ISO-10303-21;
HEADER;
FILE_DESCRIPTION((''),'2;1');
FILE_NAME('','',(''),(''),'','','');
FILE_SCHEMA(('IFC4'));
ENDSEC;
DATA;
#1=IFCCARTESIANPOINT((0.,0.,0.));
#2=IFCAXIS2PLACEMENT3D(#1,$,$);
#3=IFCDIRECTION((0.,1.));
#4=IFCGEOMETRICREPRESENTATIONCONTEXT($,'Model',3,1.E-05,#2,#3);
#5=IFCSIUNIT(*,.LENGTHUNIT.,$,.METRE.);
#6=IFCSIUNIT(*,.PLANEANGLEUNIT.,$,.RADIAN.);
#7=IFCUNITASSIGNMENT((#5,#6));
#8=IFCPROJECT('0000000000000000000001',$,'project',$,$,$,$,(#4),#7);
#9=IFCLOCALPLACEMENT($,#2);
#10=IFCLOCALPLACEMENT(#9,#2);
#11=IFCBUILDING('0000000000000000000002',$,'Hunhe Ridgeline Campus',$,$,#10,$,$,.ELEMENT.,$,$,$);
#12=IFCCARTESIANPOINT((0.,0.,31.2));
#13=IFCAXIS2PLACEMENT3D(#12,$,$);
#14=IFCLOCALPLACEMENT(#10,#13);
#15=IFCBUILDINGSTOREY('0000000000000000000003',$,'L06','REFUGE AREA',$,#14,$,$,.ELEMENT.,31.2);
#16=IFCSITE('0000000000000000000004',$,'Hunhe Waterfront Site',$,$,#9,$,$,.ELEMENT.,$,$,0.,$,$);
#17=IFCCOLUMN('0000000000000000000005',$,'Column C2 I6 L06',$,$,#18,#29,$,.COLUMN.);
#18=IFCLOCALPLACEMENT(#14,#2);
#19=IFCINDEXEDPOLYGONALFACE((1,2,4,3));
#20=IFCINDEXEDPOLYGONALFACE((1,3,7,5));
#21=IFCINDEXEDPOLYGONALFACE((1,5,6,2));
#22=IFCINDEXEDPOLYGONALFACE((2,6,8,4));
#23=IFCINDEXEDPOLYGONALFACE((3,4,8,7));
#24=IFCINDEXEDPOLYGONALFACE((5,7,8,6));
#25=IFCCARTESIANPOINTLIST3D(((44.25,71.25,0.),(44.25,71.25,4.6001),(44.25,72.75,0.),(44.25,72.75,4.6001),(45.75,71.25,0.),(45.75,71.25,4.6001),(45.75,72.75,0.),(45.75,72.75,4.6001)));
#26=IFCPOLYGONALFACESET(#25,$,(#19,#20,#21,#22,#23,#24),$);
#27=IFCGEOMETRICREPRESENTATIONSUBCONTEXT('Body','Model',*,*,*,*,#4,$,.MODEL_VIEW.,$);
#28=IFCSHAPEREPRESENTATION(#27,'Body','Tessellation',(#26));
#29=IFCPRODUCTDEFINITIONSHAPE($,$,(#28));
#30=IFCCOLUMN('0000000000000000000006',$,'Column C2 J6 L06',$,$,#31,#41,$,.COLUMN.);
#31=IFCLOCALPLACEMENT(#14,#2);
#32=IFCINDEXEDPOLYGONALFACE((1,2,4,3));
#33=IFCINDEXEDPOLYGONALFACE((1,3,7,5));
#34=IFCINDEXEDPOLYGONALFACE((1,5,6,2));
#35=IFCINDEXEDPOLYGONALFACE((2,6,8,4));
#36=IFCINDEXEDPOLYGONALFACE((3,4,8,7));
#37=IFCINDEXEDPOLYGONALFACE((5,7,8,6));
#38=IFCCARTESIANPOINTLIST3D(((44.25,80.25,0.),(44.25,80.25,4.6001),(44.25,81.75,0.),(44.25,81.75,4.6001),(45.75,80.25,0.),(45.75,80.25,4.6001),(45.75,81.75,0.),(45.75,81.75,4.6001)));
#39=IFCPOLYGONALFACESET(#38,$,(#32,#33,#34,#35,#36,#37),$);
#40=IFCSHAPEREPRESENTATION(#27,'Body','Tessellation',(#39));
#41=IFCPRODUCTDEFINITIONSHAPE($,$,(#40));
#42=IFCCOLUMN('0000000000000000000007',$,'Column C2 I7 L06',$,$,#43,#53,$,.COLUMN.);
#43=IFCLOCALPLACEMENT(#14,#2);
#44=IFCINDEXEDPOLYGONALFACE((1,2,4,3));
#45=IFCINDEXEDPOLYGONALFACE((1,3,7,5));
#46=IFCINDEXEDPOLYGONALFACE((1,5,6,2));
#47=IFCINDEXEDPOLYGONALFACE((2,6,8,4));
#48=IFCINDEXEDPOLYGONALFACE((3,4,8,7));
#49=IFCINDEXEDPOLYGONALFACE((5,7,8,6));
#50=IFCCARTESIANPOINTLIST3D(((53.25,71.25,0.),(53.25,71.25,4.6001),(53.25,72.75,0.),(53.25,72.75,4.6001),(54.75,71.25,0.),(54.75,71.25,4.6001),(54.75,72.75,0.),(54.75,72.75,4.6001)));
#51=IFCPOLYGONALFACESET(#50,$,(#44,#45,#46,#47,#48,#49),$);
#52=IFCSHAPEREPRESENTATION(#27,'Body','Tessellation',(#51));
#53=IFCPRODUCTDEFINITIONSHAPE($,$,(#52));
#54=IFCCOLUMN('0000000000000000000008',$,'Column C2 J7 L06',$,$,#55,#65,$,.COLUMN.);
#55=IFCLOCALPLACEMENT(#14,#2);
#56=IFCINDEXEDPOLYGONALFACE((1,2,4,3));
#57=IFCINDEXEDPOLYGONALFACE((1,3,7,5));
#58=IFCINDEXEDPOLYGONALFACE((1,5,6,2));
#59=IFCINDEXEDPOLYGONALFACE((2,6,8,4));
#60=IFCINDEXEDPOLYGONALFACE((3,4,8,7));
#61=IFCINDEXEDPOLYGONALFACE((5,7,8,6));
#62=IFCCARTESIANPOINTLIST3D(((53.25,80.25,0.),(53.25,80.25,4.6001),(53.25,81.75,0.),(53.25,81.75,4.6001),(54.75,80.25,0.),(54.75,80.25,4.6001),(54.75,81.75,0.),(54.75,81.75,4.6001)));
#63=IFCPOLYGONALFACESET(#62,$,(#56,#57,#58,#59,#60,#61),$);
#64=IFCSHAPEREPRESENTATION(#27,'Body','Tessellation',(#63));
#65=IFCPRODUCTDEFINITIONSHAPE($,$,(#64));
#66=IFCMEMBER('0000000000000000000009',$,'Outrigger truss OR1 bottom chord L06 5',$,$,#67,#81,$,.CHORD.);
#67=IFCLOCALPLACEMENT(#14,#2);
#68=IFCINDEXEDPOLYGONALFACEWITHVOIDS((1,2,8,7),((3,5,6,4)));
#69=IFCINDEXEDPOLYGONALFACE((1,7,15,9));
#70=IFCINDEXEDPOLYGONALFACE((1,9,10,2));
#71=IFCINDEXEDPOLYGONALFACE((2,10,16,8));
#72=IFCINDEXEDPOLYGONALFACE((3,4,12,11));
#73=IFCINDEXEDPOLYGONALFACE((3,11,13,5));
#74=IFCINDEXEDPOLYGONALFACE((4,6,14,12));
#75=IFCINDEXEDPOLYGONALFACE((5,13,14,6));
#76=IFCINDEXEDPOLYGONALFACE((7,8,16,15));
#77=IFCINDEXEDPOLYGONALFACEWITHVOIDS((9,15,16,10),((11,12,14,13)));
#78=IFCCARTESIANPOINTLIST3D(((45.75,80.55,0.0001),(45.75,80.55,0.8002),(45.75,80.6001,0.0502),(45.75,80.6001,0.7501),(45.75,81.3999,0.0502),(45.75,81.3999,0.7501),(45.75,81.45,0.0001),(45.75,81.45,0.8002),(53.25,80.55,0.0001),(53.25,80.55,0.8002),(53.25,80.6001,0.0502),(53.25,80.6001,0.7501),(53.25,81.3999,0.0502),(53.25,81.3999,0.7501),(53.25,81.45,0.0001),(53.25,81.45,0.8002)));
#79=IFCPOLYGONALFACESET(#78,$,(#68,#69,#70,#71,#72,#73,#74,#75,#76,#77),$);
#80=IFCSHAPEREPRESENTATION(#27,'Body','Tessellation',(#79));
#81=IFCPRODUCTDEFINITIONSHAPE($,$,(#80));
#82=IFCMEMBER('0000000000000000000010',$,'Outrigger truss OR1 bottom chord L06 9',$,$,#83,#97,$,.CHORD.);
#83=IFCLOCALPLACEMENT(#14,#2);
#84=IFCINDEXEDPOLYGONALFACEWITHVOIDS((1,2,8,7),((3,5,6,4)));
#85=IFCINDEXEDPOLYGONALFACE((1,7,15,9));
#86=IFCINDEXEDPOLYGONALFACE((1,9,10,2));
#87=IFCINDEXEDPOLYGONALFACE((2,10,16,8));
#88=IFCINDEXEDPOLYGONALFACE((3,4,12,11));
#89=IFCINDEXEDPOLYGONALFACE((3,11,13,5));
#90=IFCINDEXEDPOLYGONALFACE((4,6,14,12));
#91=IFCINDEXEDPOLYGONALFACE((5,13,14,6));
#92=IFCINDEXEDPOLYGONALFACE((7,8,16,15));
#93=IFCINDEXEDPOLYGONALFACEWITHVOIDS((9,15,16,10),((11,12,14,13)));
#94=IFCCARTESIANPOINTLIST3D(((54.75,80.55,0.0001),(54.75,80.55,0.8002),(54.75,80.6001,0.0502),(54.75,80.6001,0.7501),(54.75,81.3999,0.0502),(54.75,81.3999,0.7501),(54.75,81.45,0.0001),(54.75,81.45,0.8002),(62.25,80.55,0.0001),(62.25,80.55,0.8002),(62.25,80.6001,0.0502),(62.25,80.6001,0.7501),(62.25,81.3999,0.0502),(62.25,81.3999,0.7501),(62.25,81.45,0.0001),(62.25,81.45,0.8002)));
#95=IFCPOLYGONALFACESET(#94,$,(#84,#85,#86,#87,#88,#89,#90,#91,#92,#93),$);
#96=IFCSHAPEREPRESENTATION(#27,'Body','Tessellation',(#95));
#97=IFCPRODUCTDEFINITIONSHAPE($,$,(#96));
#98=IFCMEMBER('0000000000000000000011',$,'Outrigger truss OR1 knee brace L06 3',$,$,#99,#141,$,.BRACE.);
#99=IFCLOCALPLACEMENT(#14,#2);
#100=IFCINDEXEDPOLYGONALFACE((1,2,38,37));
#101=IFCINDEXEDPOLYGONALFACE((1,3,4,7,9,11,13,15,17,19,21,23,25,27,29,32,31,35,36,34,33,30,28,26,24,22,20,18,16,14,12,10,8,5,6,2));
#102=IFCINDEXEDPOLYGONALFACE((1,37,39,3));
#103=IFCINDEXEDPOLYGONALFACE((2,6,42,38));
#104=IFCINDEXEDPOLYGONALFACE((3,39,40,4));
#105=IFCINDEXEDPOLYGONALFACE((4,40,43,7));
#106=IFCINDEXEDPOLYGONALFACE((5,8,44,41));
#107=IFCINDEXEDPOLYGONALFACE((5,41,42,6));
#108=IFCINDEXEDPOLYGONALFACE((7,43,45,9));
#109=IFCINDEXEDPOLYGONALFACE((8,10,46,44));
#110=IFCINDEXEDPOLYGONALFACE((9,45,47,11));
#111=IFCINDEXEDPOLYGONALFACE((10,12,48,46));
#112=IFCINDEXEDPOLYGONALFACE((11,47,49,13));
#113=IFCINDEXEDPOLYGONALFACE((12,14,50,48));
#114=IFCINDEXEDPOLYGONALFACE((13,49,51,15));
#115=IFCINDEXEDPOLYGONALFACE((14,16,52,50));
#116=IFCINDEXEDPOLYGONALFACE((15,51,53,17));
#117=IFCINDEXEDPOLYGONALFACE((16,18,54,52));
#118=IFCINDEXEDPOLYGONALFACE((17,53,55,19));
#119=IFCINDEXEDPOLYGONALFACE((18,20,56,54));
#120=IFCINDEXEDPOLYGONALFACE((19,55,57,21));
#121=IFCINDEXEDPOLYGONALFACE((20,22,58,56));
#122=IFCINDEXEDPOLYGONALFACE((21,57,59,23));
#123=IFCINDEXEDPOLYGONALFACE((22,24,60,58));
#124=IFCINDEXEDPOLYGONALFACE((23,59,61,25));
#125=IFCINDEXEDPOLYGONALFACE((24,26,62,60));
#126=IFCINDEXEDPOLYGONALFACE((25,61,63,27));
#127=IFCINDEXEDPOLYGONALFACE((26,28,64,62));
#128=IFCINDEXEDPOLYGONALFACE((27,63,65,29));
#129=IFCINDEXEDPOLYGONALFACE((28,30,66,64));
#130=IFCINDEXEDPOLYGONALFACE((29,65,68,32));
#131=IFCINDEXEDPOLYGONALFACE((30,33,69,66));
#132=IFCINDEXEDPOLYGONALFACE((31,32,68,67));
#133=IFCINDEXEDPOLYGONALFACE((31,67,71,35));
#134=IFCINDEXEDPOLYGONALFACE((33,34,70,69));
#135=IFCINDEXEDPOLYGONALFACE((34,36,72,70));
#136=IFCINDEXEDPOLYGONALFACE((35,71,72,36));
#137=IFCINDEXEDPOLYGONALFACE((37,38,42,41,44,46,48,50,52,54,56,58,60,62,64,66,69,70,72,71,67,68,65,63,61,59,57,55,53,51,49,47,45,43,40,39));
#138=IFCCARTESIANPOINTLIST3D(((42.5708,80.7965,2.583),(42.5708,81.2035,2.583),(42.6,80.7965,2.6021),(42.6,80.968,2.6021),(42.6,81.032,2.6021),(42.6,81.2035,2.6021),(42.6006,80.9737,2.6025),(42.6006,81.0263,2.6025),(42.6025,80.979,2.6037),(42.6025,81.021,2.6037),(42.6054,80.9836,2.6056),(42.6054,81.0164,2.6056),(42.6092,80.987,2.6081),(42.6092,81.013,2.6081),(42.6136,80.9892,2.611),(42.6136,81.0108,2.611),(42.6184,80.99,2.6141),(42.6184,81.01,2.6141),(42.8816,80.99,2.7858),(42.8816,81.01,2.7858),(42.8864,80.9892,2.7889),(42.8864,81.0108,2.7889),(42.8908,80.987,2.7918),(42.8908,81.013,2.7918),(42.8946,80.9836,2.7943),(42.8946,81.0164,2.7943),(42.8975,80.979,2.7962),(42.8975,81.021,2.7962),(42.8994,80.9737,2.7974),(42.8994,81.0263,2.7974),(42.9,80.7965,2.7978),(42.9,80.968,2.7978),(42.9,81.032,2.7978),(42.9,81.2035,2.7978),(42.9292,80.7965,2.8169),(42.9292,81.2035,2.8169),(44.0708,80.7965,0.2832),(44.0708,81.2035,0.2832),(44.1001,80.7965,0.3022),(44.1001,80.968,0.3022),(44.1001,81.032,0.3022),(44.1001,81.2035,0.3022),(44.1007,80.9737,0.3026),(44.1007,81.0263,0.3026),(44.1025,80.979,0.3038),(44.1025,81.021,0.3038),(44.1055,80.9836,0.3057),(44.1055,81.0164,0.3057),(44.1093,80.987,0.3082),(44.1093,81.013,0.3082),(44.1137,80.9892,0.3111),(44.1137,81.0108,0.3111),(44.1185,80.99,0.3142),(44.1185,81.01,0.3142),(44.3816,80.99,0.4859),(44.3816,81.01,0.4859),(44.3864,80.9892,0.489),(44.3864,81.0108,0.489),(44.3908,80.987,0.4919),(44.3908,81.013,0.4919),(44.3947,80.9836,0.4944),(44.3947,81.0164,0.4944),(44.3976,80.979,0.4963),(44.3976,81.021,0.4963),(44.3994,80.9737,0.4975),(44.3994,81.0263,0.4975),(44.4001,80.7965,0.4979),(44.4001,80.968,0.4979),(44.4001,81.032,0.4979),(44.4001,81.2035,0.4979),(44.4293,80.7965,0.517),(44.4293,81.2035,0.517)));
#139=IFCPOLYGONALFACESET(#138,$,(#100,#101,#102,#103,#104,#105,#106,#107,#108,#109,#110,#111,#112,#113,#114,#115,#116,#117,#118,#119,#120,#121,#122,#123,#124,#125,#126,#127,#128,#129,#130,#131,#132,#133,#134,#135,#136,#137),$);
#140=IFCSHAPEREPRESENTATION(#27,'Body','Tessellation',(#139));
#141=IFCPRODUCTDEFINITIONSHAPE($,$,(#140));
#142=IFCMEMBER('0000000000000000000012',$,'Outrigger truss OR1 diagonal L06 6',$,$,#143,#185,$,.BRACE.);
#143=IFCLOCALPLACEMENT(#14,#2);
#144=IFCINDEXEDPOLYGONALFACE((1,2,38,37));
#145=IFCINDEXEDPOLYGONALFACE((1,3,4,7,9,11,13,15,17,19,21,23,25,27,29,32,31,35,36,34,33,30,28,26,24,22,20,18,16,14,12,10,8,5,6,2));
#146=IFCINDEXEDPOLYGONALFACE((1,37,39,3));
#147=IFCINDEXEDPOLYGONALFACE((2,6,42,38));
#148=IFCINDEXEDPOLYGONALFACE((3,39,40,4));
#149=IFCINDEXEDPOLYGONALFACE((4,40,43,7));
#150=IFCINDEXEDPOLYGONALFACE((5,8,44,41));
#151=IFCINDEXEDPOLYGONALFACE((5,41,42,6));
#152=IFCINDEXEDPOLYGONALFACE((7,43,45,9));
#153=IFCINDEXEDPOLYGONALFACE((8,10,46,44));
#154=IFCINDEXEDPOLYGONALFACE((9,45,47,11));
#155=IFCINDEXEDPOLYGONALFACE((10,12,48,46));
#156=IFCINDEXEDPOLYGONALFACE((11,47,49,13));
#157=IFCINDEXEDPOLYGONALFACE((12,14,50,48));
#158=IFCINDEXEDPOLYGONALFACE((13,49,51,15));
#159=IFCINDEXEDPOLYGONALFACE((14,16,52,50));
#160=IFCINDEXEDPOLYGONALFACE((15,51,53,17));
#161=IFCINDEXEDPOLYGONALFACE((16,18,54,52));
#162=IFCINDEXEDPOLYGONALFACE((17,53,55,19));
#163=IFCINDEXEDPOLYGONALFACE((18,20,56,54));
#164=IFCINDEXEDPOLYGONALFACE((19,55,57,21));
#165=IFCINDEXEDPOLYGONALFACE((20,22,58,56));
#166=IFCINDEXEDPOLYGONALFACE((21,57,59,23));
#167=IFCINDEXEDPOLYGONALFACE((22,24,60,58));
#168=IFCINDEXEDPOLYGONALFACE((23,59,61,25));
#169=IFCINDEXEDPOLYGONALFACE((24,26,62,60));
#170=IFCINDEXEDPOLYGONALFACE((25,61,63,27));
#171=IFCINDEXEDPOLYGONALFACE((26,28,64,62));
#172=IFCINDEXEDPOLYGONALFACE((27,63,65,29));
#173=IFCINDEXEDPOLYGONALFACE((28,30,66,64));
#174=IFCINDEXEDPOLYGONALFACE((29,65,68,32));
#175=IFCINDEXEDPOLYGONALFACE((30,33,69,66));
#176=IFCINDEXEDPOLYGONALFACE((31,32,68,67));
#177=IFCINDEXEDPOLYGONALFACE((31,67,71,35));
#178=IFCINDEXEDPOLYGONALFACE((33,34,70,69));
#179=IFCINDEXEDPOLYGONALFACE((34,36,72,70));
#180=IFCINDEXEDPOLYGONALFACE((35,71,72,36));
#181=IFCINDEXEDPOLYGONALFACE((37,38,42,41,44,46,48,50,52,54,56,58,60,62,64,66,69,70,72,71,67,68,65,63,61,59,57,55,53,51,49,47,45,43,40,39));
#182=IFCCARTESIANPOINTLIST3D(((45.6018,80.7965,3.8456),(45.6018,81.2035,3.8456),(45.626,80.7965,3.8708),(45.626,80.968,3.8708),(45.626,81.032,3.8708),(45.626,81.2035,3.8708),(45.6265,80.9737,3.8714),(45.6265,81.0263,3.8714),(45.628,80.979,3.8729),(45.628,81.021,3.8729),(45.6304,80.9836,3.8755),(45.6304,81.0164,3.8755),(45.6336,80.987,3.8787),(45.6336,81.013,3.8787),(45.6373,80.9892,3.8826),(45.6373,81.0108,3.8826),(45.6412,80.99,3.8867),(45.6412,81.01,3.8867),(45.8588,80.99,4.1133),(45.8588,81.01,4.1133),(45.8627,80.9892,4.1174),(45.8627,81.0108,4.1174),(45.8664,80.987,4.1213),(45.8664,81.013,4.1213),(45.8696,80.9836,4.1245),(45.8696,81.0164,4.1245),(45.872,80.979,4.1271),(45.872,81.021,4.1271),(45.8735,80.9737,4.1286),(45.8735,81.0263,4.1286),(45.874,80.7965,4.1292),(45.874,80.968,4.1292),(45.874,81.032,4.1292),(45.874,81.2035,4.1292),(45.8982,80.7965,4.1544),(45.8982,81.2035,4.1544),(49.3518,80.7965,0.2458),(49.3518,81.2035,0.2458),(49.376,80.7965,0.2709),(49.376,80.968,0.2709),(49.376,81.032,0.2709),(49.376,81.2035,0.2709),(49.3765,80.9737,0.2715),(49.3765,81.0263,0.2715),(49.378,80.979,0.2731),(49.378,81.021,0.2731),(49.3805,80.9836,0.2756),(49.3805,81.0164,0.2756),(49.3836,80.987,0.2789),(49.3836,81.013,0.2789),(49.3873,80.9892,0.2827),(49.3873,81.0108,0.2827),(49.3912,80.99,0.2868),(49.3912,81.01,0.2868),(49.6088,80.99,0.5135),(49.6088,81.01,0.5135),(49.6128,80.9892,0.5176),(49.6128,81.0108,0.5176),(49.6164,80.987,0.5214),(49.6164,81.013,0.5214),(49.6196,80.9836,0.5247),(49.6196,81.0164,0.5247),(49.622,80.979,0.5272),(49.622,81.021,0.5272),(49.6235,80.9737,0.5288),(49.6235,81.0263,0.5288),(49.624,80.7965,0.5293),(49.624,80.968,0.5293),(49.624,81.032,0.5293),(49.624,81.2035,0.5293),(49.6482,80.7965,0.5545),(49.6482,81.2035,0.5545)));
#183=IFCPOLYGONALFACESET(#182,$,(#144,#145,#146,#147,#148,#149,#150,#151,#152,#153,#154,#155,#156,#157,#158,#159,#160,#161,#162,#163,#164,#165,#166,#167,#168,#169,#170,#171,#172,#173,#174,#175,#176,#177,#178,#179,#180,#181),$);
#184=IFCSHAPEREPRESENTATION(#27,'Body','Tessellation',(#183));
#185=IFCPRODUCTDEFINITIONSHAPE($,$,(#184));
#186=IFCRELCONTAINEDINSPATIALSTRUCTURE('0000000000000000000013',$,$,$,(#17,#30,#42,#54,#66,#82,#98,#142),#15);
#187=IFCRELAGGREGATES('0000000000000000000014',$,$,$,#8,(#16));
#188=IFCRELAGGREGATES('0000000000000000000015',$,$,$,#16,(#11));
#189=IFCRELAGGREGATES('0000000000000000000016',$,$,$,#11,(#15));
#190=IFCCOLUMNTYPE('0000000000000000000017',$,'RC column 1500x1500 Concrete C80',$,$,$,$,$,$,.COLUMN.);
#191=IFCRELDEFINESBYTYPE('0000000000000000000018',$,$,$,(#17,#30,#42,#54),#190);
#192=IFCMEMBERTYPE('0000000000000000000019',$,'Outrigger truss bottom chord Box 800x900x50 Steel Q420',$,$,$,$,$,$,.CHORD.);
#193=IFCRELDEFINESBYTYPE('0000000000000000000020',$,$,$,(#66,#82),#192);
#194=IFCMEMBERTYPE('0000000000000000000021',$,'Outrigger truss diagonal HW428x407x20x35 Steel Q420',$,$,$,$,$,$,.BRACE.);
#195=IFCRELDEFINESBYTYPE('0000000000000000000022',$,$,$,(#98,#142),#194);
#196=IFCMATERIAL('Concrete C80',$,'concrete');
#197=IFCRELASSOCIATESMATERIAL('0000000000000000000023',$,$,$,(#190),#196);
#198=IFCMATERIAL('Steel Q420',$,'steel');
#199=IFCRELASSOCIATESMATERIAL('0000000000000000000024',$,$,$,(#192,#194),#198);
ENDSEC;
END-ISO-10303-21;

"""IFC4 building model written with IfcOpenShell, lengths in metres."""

from ifc_helpers import new_model, si_unit, direction, frame, origin, origin_2d, place, context, subcontext, project, spatial, rectangle, hollow_rectangle, i_section, extrude, material, material_profile, profile_set, type_object, element, save


model = new_model("IFC4")

# Units and contexts
model_context = context("Model", 3, precision=1e-05, world=origin(), true_north=direction((0.0, 1.0)))
body_context = subcontext(model_context, "Body", "Model", "MODEL_VIEW")
ifc_project = project(units=[si_unit("LENGTHUNIT", "METRE"), si_unit("PLANEANGLEUNIT", "RADIAN")], contexts=[model_context])

# Site, building, storey
site_placement = place(None, origin())
site = spatial("IfcSite", under=ifc_project, at=site_placement, Name="Hunhe Waterfront Site", CompositionType="ELEMENT", RefElevation=0.0)
building_placement = place(site_placement, origin())
building = spatial("IfcBuilding", under=site, at=building_placement, Name="Hunhe Ridgeline Campus", CompositionType="ELEMENT")
storey_placement = place(building_placement, frame((0.0, 0.0, 31.2)))
storey = spatial("IfcBuildingStorey", under=building, at=storey_placement, Name="L06", Description="REFUGE AREA", CompositionType="ELEMENT", Elevation=31.2)

# Columns
ifc_material_1 = material(Name="Concrete C80", Category="concrete")
ifc_material_profile_1 = material_profile(ifc_material_1, rectangle(XDim=1.5, YDim=1.5, at=origin_2d()))
ifc_profile_set_1 = profile_set([ifc_material_profile_1], Name="Concrete C80")
column_type = type_object("IfcColumnType", Name="RC column 1500x1500 Concrete C80", PredefinedType="COLUMN", material=ifc_profile_set_1)
for number, where, z_axis, x_axis, name in (
    (1, (45.0, 72.0, 0.0), (0.0, 0.0, 1.0), (1.0, 0.0, 0.0), "Column C2 I6 L06"),
    (2, (45.0, 81.0, 0.0), (0.0, 0.0, 1.0), (1.0, 0.0, 0.0), "Column C2 J6 L06"),
    (3, (54.0, 72.0, 0.0), (0.0, 0.0, 1.0), (1.0, 0.0, 0.0), "Column C2 I7 L06"),
    (4, (54.0, 81.0, 0.0), (0.0, 0.0, 1.0), (1.0, 0.0, 0.0), "Column C2 J7 L06"),
):
    element("IfcColumn", number, at=place(storey_placement, frame(where, z_axis=z_axis, x_axis=x_axis)), inside=storey, type_object=column_type, Name=name, PredefinedType="COLUMN", context=body_context, shape_type="SweptSolid", body=[
        extrude(rectangle(XDim=1.5, YDim=1.5, at=origin_2d()), origin(), (0.0, 0.0, 1.0), 4.6001),
    ])

# Members
ifc_material_2 = material(Name="Steel Q420", Category="steel")
ifc_material_profile_2 = material_profile(ifc_material_2, hollow_rectangle(XDim=0.8999, YDim=0.8, WallThickness=0.05, at=origin_2d()))
ifc_profile_set_2 = profile_set([ifc_material_profile_2], Name="Steel Q420")
member_type_1 = type_object("IfcMemberType", Name="Outrigger truss bottom chord Box 800x900x50 Steel Q420", PredefinedType="CHORD", material=ifc_profile_set_2)
for number, where, z_axis, x_axis, name in (
    (5, (45.75, 81.0, 0.4001), (1.0, 0.0, 0.0), (0.0, 1.0, 0.0), "Outrigger truss OR1 bottom chord L06 5"),
    (6, (54.75, 81.0, 0.4001), (1.0, 0.0, 0.0), (0.0, 1.0, 0.0), "Outrigger truss OR1 bottom chord L06 9"),
):
    element("IfcMember", number, at=place(storey_placement, frame(where, z_axis=z_axis, x_axis=x_axis)), inside=storey, type_object=member_type_1, Name=name, PredefinedType="CHORD", context=body_context, shape_type="SweptSolid", body=[
        extrude(hollow_rectangle(XDim=0.8999, YDim=0.8, WallThickness=0.05, at=origin_2d()), origin(), (0.0, 0.0, 1.0), 7.5),
    ])
ifc_material_profile_3 = material_profile(ifc_material_2, i_section(OverallWidth=0.407, OverallDepth=0.428, WebThickness=0.02, FlangeThickness=0.0349, FilletRadius=0.022, at=origin_2d()))
ifc_profile_set_3 = profile_set([ifc_material_profile_3], Name="Steel Q420")
member_type_2 = type_object("IfcMemberType", Name="Outrigger truss diagonal HW428x407x20x35 Steel Q420", PredefinedType="BRACE", material=ifc_profile_set_3)
member_placement = place(storey_placement, frame((42.75, 81.0, 2.7), z_axis=(0.5463, 0.0, -0.837589), x_axis=(0.0, 1.0, 0.0)))
element("IfcMember", 7, at=member_placement, inside=storey, type_object=member_type_2, Name="Outrigger truss OR1 knee brace L06 3", PredefinedType="BRACE", context=body_context, shape_type="SweptSolid", body=[
    extrude(i_section(OverallWidth=0.407, OverallDepth=0.428, WebThickness=0.02, FlangeThickness=0.0349, FilletRadius=0.022, at=origin_2d()), origin(), (0.0, 0.0, 1.0), 2.7458),
])
for number, where, z_axis, x_axis, name in (
    (8, (45.75, 81.0, 4.0), (0.721401, 0.0, -0.692517), (0.0, 1.0, 0.0), "Outrigger truss OR1 diagonal L06 6"),
):
    element("IfcMember", number, at=place(storey_placement, frame(where, z_axis=z_axis, x_axis=x_axis)), inside=storey, type_object=member_type_2, Name=name, PredefinedType="BRACE", context=body_context, shape_type="SweptSolid", body=[
        extrude(i_section(OverallWidth=0.407, OverallDepth=0.428, WebThickness=0.02, FlangeThickness=0.0349, FilletRadius=0.022, at=origin_2d()), origin(), (0.0, 0.0, 1.0), 5.1982),
    ])

save(model, "model.ifc")
